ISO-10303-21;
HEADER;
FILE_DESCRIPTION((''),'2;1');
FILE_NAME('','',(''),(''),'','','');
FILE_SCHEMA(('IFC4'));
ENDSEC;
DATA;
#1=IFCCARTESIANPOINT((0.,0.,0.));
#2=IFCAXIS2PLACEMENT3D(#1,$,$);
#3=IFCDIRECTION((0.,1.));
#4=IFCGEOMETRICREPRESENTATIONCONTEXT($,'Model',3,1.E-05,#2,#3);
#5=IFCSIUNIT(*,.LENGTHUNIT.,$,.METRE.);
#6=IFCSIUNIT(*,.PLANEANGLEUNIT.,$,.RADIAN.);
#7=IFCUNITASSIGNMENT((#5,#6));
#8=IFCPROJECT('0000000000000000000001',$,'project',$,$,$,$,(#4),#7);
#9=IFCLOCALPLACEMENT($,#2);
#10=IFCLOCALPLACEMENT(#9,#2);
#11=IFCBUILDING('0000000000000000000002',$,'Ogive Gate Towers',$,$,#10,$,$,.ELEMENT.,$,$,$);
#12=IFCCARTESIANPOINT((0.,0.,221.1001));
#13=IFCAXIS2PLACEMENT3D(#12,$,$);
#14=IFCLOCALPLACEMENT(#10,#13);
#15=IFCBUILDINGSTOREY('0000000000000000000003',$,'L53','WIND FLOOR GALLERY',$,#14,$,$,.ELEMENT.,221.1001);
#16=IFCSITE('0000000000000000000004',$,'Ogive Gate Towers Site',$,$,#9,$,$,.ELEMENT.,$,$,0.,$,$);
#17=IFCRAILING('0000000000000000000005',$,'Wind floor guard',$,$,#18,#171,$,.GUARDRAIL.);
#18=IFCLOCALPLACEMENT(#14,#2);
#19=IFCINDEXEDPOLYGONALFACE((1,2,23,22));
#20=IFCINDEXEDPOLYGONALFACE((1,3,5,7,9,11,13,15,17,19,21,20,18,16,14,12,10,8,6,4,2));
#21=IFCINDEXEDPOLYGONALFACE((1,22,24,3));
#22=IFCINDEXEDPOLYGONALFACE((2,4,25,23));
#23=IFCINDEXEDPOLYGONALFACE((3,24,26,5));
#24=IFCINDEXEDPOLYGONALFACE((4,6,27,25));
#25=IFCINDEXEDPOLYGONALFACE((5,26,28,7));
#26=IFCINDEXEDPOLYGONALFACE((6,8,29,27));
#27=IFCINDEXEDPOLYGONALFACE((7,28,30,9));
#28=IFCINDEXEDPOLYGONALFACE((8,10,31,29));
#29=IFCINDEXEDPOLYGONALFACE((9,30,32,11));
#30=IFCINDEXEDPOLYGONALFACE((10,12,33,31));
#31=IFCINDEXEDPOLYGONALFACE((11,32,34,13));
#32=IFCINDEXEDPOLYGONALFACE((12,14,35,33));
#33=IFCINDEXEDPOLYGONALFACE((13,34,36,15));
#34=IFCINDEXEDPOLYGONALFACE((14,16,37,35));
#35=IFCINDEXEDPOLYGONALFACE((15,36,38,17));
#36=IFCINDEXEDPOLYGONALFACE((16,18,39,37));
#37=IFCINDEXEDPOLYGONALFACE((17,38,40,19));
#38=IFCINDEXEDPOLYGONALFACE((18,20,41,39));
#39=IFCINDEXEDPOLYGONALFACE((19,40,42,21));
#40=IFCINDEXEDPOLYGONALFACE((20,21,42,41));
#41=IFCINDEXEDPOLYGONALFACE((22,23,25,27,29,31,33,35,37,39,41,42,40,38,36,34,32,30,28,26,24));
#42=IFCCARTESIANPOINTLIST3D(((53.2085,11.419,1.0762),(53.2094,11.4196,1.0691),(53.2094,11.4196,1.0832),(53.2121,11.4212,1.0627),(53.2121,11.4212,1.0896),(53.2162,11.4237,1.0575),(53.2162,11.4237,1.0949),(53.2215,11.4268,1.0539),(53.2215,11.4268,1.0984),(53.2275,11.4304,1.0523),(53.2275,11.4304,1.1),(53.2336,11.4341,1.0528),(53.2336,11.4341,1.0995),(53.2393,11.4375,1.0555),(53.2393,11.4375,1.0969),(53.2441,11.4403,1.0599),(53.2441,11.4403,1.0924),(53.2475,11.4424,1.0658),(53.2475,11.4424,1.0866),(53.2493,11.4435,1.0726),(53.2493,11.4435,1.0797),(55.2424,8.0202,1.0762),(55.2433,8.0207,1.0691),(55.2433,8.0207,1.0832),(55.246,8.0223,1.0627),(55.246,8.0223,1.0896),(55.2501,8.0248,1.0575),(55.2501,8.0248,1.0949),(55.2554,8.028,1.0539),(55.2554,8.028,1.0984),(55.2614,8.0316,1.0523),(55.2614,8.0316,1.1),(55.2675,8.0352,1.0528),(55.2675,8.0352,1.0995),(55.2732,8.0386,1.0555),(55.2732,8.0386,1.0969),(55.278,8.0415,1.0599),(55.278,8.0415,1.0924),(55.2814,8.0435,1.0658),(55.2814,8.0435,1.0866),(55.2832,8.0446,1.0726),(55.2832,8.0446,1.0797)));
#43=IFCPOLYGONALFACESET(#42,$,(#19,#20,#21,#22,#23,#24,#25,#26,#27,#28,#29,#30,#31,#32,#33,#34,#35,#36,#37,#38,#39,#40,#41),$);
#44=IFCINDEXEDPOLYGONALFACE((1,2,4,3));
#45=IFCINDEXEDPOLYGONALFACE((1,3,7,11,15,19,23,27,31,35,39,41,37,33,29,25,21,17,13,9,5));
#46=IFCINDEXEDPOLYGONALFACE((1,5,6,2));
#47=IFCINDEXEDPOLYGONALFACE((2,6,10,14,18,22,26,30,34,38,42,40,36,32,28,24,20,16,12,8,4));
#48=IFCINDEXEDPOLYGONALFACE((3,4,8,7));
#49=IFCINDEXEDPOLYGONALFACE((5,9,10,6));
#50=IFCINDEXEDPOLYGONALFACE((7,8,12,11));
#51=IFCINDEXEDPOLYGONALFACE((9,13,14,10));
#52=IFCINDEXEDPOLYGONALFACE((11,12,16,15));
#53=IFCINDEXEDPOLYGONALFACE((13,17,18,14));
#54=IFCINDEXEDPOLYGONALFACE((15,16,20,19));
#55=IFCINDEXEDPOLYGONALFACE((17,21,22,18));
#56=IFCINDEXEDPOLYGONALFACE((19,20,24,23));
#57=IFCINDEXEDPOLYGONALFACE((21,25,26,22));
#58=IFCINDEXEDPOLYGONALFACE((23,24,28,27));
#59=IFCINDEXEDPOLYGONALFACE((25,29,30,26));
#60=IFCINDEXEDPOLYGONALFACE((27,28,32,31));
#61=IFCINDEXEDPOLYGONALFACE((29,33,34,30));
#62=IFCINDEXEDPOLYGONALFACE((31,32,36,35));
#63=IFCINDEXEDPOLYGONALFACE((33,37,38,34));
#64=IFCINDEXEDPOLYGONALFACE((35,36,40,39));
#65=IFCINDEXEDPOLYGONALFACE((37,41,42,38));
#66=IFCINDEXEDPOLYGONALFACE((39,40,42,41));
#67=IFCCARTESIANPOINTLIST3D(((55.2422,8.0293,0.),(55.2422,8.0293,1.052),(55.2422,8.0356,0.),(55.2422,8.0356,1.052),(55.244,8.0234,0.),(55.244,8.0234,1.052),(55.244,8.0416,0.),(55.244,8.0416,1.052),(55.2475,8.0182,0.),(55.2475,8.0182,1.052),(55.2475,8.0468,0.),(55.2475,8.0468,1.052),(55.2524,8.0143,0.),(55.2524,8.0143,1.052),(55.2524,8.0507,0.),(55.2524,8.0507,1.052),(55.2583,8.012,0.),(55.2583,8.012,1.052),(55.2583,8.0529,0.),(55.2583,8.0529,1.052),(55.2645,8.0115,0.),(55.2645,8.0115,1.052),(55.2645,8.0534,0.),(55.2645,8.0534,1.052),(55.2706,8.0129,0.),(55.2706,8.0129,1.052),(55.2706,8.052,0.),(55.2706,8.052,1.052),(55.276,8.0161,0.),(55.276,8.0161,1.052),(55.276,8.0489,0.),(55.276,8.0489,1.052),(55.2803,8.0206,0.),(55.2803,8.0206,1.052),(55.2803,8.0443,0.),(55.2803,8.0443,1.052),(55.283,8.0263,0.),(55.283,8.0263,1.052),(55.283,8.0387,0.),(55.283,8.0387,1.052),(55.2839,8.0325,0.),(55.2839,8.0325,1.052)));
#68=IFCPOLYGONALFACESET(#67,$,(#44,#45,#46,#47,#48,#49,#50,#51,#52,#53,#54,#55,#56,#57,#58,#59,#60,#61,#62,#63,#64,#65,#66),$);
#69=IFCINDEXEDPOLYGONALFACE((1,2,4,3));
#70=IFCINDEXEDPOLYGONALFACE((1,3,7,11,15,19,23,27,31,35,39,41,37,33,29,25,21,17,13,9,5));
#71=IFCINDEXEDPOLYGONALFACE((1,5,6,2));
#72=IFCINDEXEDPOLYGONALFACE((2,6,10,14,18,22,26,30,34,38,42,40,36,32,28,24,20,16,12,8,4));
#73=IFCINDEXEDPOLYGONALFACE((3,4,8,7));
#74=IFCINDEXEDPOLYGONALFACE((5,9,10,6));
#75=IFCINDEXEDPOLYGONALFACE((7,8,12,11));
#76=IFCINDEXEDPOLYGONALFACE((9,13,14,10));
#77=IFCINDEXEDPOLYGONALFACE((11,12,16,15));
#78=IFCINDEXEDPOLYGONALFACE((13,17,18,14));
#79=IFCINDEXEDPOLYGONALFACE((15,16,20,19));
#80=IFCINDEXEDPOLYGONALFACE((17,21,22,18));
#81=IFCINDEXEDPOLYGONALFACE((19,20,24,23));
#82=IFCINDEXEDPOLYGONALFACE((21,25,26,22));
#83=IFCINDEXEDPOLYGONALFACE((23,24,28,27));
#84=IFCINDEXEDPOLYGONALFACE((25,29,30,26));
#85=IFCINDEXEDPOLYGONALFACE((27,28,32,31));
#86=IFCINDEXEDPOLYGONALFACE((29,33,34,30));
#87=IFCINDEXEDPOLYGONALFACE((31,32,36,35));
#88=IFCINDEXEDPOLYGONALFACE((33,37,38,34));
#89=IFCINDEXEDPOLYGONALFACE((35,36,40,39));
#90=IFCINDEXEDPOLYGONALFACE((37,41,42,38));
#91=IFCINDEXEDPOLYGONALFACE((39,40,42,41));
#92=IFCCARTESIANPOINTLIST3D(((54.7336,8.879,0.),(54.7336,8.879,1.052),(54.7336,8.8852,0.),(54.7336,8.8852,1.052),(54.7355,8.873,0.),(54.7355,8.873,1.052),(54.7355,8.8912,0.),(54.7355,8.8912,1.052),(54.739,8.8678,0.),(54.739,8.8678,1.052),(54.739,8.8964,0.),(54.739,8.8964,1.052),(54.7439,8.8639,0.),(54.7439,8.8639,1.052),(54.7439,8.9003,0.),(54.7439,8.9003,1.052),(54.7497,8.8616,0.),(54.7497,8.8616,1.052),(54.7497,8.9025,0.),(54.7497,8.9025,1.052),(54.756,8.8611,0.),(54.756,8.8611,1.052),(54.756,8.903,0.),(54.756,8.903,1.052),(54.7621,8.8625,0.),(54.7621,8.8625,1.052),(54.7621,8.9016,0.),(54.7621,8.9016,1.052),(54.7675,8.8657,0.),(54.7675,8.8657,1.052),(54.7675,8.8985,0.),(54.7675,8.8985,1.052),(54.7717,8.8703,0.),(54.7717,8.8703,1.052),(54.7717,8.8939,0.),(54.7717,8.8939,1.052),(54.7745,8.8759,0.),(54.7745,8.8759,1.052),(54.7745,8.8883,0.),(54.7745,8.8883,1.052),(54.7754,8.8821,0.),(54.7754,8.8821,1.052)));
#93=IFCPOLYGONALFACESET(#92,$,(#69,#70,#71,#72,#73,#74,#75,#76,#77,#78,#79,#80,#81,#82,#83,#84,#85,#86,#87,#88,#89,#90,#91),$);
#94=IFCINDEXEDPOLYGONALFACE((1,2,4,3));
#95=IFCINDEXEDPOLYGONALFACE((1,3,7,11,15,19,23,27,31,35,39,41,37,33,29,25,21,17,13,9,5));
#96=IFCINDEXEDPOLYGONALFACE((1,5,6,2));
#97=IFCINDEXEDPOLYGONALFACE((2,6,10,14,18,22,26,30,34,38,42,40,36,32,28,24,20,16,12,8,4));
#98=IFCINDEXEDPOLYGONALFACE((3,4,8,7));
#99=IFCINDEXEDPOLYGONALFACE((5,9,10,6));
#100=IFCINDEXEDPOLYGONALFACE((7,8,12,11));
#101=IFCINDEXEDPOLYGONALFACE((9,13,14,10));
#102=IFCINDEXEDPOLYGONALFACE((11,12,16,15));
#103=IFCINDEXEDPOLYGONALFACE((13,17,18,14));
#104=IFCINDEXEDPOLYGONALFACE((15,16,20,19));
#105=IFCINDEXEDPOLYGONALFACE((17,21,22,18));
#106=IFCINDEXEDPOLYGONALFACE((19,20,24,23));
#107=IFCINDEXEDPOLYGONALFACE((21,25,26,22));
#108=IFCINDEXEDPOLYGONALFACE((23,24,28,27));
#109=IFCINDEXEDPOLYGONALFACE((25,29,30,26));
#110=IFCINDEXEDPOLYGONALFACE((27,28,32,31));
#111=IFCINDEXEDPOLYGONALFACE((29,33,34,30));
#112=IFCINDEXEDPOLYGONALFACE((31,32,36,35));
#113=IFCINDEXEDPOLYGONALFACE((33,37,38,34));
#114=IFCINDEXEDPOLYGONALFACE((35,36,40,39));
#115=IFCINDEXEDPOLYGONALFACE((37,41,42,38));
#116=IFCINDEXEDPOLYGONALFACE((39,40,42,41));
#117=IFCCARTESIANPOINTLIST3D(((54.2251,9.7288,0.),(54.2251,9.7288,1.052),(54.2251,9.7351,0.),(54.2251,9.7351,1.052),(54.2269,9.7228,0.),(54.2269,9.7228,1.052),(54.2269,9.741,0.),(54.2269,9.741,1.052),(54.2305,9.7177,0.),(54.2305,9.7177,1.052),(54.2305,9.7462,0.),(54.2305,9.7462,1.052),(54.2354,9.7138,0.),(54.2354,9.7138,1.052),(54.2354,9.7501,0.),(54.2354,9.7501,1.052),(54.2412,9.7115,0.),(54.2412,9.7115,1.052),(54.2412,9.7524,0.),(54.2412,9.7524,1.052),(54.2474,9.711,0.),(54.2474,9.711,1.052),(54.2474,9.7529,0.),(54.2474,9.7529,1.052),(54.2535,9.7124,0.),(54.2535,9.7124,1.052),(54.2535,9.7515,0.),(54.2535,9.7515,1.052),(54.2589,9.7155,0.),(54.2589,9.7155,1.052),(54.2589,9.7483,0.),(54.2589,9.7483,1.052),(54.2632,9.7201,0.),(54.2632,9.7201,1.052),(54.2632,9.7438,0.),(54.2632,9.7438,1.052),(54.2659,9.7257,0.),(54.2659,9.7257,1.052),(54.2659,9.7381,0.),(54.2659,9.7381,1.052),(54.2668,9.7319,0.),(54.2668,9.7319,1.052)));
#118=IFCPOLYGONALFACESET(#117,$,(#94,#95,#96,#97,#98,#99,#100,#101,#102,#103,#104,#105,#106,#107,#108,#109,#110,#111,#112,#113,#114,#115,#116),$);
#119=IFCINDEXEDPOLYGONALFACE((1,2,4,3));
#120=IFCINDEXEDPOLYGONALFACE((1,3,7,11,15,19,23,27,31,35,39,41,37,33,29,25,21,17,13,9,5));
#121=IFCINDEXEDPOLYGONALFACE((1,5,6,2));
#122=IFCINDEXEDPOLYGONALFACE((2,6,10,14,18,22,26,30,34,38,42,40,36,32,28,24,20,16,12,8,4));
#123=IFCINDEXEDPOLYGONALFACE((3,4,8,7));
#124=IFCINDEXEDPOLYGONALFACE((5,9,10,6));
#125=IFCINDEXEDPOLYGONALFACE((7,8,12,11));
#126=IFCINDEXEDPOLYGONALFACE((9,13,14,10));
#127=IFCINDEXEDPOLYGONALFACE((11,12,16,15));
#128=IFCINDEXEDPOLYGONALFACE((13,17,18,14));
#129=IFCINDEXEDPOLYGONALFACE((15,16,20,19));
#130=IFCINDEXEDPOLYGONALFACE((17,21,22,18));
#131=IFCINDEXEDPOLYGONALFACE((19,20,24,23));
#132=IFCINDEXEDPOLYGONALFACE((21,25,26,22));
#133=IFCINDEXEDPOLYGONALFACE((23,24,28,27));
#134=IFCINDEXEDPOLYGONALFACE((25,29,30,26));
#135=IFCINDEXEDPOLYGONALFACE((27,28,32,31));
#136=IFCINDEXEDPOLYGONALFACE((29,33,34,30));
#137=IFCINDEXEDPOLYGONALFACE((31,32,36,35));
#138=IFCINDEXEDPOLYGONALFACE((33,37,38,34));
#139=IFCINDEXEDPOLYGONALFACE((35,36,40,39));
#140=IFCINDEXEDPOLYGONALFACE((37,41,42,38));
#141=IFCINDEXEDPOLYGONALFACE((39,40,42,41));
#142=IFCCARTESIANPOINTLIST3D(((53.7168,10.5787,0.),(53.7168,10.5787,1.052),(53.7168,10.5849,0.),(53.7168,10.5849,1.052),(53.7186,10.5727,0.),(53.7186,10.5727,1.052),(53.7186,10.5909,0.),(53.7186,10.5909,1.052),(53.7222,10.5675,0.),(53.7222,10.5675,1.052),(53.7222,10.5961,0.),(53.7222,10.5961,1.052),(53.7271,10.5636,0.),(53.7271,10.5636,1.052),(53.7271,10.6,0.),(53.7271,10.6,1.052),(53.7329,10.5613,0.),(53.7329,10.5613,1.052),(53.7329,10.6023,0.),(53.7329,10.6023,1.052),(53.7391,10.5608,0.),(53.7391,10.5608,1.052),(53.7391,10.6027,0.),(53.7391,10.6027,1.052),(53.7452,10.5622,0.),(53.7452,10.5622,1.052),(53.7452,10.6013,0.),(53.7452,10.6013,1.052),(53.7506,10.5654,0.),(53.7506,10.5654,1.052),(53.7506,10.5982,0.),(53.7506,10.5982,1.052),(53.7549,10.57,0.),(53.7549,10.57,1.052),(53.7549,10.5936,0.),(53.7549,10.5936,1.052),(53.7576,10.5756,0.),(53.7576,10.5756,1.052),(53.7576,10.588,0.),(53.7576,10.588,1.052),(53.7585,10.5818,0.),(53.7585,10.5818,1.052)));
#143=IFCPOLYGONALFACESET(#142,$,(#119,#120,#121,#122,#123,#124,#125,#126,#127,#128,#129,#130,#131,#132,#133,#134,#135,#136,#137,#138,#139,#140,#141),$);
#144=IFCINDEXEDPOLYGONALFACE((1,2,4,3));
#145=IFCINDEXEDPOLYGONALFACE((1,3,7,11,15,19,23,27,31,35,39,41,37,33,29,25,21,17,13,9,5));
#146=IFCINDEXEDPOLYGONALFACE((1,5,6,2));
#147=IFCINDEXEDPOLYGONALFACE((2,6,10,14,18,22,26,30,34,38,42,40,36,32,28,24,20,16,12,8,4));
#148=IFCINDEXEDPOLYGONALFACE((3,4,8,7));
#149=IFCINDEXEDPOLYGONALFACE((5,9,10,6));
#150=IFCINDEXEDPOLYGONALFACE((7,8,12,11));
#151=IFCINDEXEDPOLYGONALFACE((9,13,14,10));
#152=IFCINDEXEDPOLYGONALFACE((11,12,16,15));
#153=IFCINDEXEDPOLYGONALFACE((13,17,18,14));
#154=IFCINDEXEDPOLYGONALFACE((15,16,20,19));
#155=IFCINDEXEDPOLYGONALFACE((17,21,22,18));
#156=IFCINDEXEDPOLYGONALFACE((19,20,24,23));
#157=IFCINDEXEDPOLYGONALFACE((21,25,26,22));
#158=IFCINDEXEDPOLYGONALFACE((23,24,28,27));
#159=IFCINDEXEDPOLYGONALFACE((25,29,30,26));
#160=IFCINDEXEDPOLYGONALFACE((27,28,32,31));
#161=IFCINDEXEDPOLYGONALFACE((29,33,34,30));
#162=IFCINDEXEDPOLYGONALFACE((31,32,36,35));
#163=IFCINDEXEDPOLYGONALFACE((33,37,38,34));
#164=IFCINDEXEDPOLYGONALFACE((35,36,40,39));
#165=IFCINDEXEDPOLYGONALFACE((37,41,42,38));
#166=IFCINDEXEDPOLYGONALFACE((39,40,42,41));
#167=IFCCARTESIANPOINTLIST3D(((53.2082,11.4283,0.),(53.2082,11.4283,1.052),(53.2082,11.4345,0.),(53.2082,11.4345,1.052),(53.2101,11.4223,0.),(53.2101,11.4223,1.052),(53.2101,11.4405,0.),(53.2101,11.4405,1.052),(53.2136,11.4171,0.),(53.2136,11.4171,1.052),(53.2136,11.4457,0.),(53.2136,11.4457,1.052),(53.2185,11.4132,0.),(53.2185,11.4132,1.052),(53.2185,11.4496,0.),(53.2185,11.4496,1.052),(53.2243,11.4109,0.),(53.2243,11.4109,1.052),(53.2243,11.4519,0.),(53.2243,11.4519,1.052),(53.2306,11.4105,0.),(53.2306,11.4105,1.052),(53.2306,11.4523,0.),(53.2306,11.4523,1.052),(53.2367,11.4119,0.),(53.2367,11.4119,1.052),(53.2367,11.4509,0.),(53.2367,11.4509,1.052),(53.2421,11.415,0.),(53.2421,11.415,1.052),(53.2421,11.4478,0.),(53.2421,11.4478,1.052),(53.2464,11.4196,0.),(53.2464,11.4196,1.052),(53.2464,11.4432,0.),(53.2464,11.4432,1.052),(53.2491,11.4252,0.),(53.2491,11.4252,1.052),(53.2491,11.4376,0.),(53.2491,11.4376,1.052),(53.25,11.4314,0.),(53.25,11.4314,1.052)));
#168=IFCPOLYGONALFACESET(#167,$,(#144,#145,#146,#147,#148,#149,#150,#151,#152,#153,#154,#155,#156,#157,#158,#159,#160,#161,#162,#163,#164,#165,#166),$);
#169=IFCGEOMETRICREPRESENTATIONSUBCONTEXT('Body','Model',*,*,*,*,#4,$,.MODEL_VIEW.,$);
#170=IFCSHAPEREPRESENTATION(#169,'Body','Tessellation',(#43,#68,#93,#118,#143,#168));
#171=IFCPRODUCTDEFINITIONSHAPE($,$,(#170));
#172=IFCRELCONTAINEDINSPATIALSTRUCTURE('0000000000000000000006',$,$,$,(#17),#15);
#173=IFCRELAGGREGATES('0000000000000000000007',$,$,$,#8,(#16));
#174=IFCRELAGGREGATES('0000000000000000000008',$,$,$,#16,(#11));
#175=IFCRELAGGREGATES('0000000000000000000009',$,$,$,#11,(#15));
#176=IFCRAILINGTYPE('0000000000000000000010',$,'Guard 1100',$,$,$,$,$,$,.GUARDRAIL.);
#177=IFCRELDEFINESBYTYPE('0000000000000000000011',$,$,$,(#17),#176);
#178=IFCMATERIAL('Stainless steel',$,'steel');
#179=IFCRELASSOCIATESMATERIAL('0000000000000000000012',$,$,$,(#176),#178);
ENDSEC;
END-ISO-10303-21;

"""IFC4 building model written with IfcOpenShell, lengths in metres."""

from ifc_helpers import new_model, si_unit, direction, frame, origin, origin_2d, place, context, subcontext, project, spatial, circle, extrude, material, type_object, element, save


model = new_model("IFC4")

# Units and contexts
model_context = context("Model", 3, precision=1e-05, world=origin(), true_north=direction((0.0, 1.0)))
body_context = subcontext(model_context, "Body", "Model", "MODEL_VIEW")
ifc_project = project(units=[si_unit("LENGTHUNIT", "METRE"), si_unit("PLANEANGLEUNIT", "RADIAN")], contexts=[model_context])

# Site, building, storey
site_placement = place(None, origin())
site = spatial("IfcSite", under=ifc_project, at=site_placement, Name="Ogive Gate Towers Site", CompositionType="ELEMENT", RefElevation=0.0)
building_placement = place(site_placement, origin())
building = spatial("IfcBuilding", under=site, at=building_placement, Name="Ogive Gate Towers", CompositionType="ELEMENT")
storey_placement = place(building_placement, frame((0.0, 0.0, 221.1001)))
storey = spatial("IfcBuildingStorey", under=building, at=storey_placement, Name="L53", Description="WIND FLOOR GALLERY", CompositionType="ELEMENT", Elevation=221.1001)

# Railing
ifc_material_1 = material(Name="Stainless steel", Category="steel")
railing_type_1 = type_object("IfcRailingType", Name="Guard 1100", PredefinedType="GUARDRAIL", material=ifc_material_1)
railing_1_placement = place(storey_placement, frame((55.2629, 8.0325, 0.0)))
element("IfcRailing", 1, at=railing_1_placement, inside=storey, type_object=railing_type_1, Name="Wind floor guard", PredefinedType="GUARDRAIL", context=body_context, shape_type="SweptSolid", body=[
    extrude(circle(Radius=0.0239, at=origin_2d()), frame((0.0, 0.0, 1.0762), z_axis=(-0.513489, 0.858096, 0.0), x_axis=(-0.858096, -0.513489, 0.0)), (0.0, 0.0, 1.0), 3.9609),
    extrude(circle(Radius=0.021, at=origin_2d()), origin(), (0.0, 0.0, 1.0), 1.052),
    extrude(circle(Radius=0.021, at=origin_2d()), frame((-0.5085, 0.8496, 0.0)), (0.0, 0.0, 1.0), 1.052),
    extrude(circle(Radius=0.021, at=origin_2d()), frame((-1.0171, 1.6995, 0.0)), (0.0, 0.0, 1.0), 1.052),
    extrude(circle(Radius=0.021, at=origin_2d()), frame((-1.5254, 2.5493, 0.0)), (0.0, 0.0, 1.0), 1.052),
    extrude(circle(Radius=0.021, at=origin_2d()), frame((-2.0339, 3.3989, 0.0)), (0.0, 0.0, 1.0), 1.052),
])

save(model, "model.ifc")
